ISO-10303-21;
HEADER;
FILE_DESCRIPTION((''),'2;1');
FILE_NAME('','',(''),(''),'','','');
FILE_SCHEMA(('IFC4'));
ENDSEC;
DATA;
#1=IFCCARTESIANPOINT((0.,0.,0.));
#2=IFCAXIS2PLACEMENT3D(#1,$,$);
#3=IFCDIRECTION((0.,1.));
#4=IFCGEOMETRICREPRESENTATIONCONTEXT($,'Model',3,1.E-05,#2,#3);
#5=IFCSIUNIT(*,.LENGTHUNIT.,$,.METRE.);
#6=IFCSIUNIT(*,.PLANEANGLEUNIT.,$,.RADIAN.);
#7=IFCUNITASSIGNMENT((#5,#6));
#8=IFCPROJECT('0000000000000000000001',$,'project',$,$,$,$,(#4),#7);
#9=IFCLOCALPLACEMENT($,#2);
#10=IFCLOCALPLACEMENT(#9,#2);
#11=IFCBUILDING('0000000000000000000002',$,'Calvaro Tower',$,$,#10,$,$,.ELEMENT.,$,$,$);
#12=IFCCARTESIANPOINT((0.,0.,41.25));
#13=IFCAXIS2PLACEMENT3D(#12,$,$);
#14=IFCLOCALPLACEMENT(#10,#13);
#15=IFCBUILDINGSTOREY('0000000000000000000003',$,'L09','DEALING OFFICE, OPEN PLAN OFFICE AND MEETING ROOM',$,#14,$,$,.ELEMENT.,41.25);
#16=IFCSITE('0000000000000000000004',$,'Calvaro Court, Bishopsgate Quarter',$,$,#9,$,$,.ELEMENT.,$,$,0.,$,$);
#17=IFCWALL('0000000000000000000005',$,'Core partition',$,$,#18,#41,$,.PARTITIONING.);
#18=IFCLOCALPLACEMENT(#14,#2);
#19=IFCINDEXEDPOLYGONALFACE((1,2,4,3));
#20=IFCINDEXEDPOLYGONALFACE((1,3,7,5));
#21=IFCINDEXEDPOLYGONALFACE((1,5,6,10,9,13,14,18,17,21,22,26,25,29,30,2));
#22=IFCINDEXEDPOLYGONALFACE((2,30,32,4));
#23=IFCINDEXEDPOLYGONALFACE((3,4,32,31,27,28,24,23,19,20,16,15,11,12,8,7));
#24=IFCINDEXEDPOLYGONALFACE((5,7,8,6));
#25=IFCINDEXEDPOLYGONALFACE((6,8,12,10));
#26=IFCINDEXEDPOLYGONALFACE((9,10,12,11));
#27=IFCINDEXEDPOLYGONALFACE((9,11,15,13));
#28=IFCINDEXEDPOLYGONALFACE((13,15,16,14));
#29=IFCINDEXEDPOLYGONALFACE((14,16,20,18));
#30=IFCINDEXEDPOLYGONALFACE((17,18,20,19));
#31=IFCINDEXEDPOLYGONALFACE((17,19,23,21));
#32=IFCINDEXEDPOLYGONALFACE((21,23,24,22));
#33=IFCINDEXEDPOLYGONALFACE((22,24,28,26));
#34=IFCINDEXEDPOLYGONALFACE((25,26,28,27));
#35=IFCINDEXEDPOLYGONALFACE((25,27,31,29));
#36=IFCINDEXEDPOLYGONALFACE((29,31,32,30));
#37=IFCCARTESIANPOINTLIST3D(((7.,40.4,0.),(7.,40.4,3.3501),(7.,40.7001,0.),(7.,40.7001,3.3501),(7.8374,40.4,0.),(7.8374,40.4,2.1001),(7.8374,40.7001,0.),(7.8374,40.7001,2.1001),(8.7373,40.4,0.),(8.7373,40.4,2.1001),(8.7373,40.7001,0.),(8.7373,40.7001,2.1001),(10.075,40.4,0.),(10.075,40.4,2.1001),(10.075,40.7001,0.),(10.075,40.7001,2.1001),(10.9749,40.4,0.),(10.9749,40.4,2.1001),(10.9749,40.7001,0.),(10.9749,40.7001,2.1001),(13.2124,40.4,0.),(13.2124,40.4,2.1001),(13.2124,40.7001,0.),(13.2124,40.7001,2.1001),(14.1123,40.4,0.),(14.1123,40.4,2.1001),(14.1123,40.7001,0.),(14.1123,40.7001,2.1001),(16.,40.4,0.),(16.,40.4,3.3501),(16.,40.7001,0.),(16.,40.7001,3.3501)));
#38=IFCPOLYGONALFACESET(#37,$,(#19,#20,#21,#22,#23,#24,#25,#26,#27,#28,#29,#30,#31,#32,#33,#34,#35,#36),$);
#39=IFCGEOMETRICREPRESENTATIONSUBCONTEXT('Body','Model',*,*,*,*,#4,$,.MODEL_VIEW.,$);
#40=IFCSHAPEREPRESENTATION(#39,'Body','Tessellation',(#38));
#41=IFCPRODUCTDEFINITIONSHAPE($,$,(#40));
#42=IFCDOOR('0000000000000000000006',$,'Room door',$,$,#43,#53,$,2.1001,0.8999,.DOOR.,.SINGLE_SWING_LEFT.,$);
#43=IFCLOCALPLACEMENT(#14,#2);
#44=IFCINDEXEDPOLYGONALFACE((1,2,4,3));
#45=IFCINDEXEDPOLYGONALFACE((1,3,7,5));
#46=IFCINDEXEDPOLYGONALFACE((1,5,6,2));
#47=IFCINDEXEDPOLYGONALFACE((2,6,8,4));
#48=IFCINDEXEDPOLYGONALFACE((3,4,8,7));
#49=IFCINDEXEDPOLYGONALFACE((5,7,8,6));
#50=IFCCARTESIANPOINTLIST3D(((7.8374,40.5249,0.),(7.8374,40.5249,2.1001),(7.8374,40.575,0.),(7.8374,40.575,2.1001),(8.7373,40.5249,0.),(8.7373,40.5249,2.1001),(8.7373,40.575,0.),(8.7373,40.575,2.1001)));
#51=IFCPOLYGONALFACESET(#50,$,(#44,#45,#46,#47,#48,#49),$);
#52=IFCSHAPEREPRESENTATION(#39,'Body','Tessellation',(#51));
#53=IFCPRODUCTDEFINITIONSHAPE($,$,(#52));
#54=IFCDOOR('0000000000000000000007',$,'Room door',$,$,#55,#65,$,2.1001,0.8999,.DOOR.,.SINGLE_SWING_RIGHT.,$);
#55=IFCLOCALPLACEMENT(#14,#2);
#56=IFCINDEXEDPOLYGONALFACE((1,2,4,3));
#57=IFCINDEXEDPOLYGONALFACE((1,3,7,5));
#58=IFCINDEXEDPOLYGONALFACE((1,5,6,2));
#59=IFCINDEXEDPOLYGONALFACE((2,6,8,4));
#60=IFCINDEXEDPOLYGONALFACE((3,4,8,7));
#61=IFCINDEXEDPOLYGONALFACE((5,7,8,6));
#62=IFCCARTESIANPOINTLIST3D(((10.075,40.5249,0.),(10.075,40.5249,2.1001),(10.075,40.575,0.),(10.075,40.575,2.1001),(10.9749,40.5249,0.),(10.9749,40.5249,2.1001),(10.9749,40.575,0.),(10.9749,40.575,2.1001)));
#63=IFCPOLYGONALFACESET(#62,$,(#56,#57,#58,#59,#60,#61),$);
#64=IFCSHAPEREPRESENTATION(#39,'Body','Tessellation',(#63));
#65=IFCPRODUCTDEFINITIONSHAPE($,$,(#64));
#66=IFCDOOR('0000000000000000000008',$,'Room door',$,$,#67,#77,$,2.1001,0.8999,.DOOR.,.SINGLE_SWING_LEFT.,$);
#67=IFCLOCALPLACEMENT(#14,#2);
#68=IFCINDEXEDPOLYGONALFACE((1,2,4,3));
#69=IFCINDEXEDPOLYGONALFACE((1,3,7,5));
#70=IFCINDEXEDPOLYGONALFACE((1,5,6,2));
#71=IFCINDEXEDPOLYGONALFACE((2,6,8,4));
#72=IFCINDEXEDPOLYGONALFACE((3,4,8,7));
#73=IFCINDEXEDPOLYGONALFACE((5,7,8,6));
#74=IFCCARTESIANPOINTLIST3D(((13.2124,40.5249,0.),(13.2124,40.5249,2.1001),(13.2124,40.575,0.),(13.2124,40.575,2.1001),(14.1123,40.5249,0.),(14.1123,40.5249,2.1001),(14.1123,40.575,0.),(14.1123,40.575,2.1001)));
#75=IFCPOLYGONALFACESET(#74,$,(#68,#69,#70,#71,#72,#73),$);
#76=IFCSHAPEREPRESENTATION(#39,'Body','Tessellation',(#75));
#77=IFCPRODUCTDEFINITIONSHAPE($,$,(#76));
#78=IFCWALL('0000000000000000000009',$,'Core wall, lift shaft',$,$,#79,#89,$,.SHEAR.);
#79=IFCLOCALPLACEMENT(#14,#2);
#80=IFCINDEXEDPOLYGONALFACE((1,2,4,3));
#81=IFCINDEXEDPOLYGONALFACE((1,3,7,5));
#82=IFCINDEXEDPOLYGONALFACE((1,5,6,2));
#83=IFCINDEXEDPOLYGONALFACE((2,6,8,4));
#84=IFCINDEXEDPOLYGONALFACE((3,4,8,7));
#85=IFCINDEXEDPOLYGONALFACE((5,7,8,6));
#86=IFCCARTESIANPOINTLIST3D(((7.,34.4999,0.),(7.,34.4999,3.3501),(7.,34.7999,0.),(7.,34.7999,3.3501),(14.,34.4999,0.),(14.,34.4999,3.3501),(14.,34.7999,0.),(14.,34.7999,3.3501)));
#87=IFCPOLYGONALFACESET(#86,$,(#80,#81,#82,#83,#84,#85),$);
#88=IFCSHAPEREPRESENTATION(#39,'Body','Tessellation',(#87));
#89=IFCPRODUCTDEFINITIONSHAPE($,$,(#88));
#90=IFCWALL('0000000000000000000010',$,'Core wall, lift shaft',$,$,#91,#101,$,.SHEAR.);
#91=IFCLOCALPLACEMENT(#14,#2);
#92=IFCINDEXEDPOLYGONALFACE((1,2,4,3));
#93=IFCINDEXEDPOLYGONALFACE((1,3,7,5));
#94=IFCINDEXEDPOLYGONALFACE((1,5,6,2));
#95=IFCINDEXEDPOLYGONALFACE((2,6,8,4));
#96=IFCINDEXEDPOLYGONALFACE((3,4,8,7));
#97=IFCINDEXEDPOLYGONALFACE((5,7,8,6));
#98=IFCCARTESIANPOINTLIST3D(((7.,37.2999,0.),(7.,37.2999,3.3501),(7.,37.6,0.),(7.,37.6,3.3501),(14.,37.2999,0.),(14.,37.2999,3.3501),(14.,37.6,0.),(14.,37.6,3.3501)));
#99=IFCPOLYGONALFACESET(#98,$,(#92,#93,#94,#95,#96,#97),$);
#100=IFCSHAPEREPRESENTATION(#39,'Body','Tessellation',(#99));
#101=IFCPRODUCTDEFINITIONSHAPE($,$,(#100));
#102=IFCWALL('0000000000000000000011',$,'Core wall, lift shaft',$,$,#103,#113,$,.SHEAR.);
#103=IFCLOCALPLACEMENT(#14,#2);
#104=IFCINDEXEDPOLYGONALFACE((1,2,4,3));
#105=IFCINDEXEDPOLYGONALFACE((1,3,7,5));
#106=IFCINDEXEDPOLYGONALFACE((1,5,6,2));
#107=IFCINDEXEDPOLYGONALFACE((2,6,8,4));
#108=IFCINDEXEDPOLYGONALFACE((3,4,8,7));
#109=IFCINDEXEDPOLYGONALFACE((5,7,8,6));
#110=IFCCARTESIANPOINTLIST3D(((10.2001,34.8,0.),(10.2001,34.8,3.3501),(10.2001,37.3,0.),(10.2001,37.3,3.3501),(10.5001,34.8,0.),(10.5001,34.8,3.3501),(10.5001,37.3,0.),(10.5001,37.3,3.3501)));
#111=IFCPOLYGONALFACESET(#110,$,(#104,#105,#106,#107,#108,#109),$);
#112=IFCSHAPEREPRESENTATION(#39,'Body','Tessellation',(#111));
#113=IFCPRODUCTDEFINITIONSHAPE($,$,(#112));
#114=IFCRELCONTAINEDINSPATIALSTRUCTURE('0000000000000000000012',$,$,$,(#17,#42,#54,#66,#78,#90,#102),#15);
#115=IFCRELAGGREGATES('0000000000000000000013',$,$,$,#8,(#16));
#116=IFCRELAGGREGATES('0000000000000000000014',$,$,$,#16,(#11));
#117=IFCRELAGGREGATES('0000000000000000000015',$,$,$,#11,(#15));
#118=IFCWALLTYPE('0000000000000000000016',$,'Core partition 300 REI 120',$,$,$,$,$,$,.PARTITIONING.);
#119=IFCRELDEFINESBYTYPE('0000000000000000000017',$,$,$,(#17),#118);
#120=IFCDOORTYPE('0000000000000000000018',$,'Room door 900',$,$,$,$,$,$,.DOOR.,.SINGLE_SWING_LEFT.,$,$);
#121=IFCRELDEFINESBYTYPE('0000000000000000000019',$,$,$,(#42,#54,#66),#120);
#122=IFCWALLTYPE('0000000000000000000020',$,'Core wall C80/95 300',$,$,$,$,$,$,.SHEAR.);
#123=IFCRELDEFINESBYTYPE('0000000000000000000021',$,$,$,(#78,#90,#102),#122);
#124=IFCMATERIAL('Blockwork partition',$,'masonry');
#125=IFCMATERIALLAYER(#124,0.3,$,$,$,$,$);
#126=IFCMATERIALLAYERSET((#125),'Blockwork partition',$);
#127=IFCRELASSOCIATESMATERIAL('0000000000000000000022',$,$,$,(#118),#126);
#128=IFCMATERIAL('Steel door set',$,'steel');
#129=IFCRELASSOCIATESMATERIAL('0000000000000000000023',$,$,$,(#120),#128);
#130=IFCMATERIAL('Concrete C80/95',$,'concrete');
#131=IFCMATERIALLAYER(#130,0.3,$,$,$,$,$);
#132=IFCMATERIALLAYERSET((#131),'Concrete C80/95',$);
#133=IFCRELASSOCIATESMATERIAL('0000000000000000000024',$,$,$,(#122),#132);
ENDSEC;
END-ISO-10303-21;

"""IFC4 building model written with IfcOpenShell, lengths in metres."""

from ifc_helpers import new_model, si_unit, direction, frame, frame_2d, origin, place, context, subcontext, project, spatial, rectangle, extrude, material, layer, layer_set, type_object, element, fill, save


model = new_model("IFC4")

# Units and contexts
model_context = context("Model", 3, precision=1e-05, world=origin(), true_north=direction((0.0, 1.0)))
body_context = subcontext(model_context, "Body", "Model", "MODEL_VIEW")
ifc_project = project(units=[si_unit("LENGTHUNIT", "METRE"), si_unit("PLANEANGLEUNIT", "RADIAN")], contexts=[model_context])

# Site, building, storey
site_placement = place(None, origin())
site = spatial("IfcSite", under=ifc_project, at=site_placement, Name="Calvaro Court, Bishopsgate Quarter", CompositionType="ELEMENT", RefElevation=0.0)
building_placement = place(site_placement, origin())
building = spatial("IfcBuilding", under=site, at=building_placement, Name="Calvaro Tower", CompositionType="ELEMENT")
storey_placement = place(building_placement, frame((0.0, 0.0, 41.25)))
storey = spatial("IfcBuildingStorey", under=building, at=storey_placement, Name="L09", Description="DEALING OFFICE, OPEN PLAN OFFICE AND MEETING ROOM", CompositionType="ELEMENT", Elevation=41.25)

# Wall, openings, doors
ifc_material_1 = material(Name="Blockwork partition", Category="masonry")
ifc_layer_1 = layer(ifc_material_1, 0.3)
ifc_layer_set_1 = layer_set([ifc_layer_1], Name="Blockwork partition")
wall_type_1 = type_object("IfcWallType", Name="Core partition 300 REI 120", PredefinedType="PARTITIONING", material=ifc_layer_set_1)
wall_1_placement = place(storey_placement, frame((7.0, 40.55, 0.0), z_axis=(0.0, 0.0, 1.0), x_axis=(1.0, 0.0, 0.0)))
wall_1 = element("IfcWall", 1, at=wall_1_placement, inside=storey, type_object=wall_type_1, Name="Core partition", PredefinedType="PARTITIONING", context=body_context, shape_type="SweptSolid", body=[
    extrude(rectangle(XDim=9.0, YDim=0.3, at=frame_2d((4.5, 0.0))), origin(), (0.0, 0.0, 1.0), 3.3501),
])
opening_1_placement = place(wall_1_placement, frame((0.8374, 0.0, 0.0)))
opening_1 = element("IfcOpeningElement", 2, at=opening_1_placement, cuts=wall_1, PredefinedType="OPENING", context=body_context, shape_type="SweptSolid", body=[
    extrude(rectangle(XDim=0.8999, YDim=2.1001, at=frame_2d((0.45, 1.05))), frame((0.0, 0.1599, 0.0), z_axis=(0.0, -1.0, 0.0), x_axis=(1.0, 0.0, 0.0)), (0.0, 0.0, 1.0), 0.3201),
])
opening_2_placement = place(wall_1_placement, frame((3.075, 0.0, 0.0)))
opening_2 = element("IfcOpeningElement", 3, at=opening_2_placement, cuts=wall_1, PredefinedType="OPENING", context=body_context, shape_type="SweptSolid", body=[
    extrude(rectangle(XDim=0.8999, YDim=2.1001, at=frame_2d((0.45, 1.05))), frame((0.0, 0.1599, 0.0), z_axis=(0.0, -1.0, 0.0), x_axis=(1.0, 0.0, 0.0)), (0.0, 0.0, 1.0), 0.3201),
])
opening_3_placement = place(wall_1_placement, frame((6.2124, 0.0, 0.0)))
opening_3 = element("IfcOpeningElement", 4, at=opening_3_placement, cuts=wall_1, PredefinedType="OPENING", context=body_context, shape_type="SweptSolid", body=[
    extrude(rectangle(XDim=0.8999, YDim=2.1001, at=frame_2d((0.45, 1.05))), frame((0.0, 0.1599, 0.0), z_axis=(0.0, -1.0, 0.0), x_axis=(1.0, 0.0, 0.0)), (0.0, 0.0, 1.0), 0.3201),
])
ifc_material_2 = material(Name="Steel door set", Category="steel")
door_type = type_object("IfcDoorType", Name="Room door 900", OperationType="SINGLE_SWING_LEFT", PredefinedType="DOOR", material=ifc_material_2)
door_1_placement = place(opening_1_placement, origin())
door_1 = element("IfcDoor", 5, at=door_1_placement, inside=storey, type_object=door_type, Name="Room door", OperationType="SINGLE_SWING_LEFT", OverallHeight=2.1001, OverallWidth=0.8999, PredefinedType="DOOR", context=body_context, shape_type="SweptSolid", body=[
    extrude(rectangle(XDim=0.8999, YDim=2.1001, at=frame_2d((0.45, 1.05))), frame((0.0, 0.0249, 0.0), z_axis=(0.0, -1.0, 0.0), x_axis=(1.0, 0.0, 0.0)), (0.0, 0.0, 1.0), 0.05),
])
fill(opening_1, door_1)
door_2_placement = place(opening_2_placement, origin())
door_2 = element("IfcDoor", 6, at=door_2_placement, inside=storey, type_object=door_type, Name="Room door", OperationType="SINGLE_SWING_RIGHT", OverallHeight=2.1001, OverallWidth=0.8999, PredefinedType="DOOR", context=body_context, shape_type="SweptSolid", body=[
    extrude(rectangle(XDim=0.8999, YDim=2.1001, at=frame_2d((0.45, 1.05))), frame((0.0, 0.0249, 0.0), z_axis=(0.0, -1.0, 0.0), x_axis=(1.0, 0.0, 0.0)), (0.0, 0.0, 1.0), 0.05),
])
fill(opening_2, door_2)
door_3_placement = place(opening_3_placement, origin())
door_3 = element("IfcDoor", 7, at=door_3_placement, inside=storey, type_object=door_type, Name="Room door", OperationType="SINGLE_SWING_LEFT", OverallHeight=2.1001, OverallWidth=0.8999, PredefinedType="DOOR", context=body_context, shape_type="SweptSolid", body=[
    extrude(rectangle(XDim=0.8999, YDim=2.1001, at=frame_2d((0.45, 1.05))), frame((0.0, 0.0249, 0.0), z_axis=(0.0, -1.0, 0.0), x_axis=(1.0, 0.0, 0.0)), (0.0, 0.0, 1.0), 0.05),
])
fill(opening_3, door_3)

# Walls
ifc_material_3 = material(Name="Concrete C80/95", Category="concrete")
ifc_layer_2 = layer(ifc_material_3, 0.3)
ifc_layer_set_2 = layer_set([ifc_layer_2], Name="Concrete C80/95")
wall_type_2 = type_object("IfcWallType", Name="Core wall C80/95 300", PredefinedType="SHEAR", material=ifc_layer_set_2)
for number, where, z_axis, x_axis, name in (
    (8, (7.0, 34.6499, 0.0), (0.0, 0.0, 1.0), (1.0, 0.0, 0.0), "Core wall, lift shaft"),
    (9, (7.0, 37.45, 0.0), (0.0, 0.0, 1.0), (1.0, 0.0, 0.0), "Core wall, lift shaft"),
):
    element("IfcWall", number, at=place(storey_placement, frame(where, z_axis=z_axis, x_axis=x_axis)), inside=storey, type_object=wall_type_2, Name=name, PredefinedType="SHEAR", context=body_context, shape_type="SweptSolid", body=[
        extrude(rectangle(XDim=7.0, YDim=0.3, at=frame_2d((3.5, 0.0))), origin(), (0.0, 0.0, 1.0), 3.3501),
    ])
wall_2_placement = place(storey_placement, frame((10.3501, 34.8, 0.0), z_axis=(0.0, 0.0, 1.0), x_axis=(0.0, 1.0, 0.0)))
element("IfcWall", 10, at=wall_2_placement, inside=storey, type_object=wall_type_2, Name="Core wall, lift shaft", PredefinedType="SHEAR", context=body_context, shape_type="SweptSolid", body=[
    extrude(rectangle(XDim=2.5, YDim=0.3, at=frame_2d((1.25, 0.0))), origin(), (0.0, 0.0, 1.0), 3.3501),
])

save(model, "model.ifc")
